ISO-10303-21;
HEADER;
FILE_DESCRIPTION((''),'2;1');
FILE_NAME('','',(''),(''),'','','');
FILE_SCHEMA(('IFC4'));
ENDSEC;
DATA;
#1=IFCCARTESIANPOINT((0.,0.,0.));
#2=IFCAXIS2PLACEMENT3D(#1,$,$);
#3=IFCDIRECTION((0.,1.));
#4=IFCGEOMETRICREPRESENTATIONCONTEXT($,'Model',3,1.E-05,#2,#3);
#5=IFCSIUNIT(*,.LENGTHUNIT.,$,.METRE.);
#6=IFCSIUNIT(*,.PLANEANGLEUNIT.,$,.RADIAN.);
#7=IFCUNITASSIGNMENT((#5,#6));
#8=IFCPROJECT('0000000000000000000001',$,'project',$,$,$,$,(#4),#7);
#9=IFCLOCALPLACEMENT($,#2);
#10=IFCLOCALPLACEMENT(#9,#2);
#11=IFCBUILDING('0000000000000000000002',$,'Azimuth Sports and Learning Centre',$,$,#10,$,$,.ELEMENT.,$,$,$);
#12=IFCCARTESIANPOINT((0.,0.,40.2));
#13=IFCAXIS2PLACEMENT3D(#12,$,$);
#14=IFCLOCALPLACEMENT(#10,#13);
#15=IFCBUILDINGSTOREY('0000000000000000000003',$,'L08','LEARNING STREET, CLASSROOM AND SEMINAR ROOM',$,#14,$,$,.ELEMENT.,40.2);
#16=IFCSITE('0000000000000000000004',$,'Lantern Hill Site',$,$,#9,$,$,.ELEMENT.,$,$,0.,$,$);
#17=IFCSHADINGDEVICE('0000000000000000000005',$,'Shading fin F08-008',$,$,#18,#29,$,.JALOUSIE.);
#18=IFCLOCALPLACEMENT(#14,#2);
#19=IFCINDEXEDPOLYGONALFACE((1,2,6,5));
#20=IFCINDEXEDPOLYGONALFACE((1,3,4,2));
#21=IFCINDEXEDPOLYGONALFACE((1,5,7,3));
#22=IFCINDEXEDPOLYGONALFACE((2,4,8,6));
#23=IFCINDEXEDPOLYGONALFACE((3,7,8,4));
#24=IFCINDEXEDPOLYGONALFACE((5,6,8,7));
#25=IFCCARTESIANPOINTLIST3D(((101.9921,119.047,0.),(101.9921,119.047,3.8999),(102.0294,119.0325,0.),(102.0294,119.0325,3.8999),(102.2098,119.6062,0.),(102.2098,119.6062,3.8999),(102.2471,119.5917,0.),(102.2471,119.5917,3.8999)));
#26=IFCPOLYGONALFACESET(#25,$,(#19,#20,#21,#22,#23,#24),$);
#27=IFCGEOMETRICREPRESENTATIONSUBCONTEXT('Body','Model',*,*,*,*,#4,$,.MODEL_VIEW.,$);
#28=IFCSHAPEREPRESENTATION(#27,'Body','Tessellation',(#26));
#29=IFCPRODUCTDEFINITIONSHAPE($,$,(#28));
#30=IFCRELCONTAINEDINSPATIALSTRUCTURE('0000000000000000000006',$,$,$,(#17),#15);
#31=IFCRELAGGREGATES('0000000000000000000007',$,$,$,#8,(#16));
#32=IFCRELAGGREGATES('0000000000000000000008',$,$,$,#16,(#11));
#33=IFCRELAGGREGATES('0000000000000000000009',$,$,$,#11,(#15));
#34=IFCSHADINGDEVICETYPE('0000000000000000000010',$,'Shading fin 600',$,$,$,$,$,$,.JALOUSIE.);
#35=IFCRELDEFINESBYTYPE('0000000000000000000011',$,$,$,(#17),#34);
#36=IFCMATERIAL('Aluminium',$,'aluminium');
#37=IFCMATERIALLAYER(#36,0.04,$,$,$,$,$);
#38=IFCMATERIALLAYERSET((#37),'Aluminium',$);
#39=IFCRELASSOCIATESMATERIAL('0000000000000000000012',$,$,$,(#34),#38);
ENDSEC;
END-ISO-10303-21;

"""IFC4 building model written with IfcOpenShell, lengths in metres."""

from ifc_helpers import new_model, si_unit, direction, frame, origin, origin_2d, place, context, subcontext, project, spatial, rectangle, extrude, material, layer, layer_set, type_object, element, save


model = new_model("IFC4")

# Units and contexts
model_context = context("Model", 3, precision=1e-05, world=origin(), true_north=direction((0.0, 1.0)))
body_context = subcontext(model_context, "Body", "Model", "MODEL_VIEW")
ifc_project = project(units=[si_unit("LENGTHUNIT", "METRE"), si_unit("PLANEANGLEUNIT", "RADIAN")], contexts=[model_context])

# Site, building, storey
site_placement = place(None, origin())
site = spatial("IfcSite", under=ifc_project, at=site_placement, Name="Lantern Hill Site", CompositionType="ELEMENT", RefElevation=0.0)
building_placement = place(site_placement, origin())
building = spatial("IfcBuilding", under=site, at=building_placement, Name="Azimuth Sports and Learning Centre", CompositionType="ELEMENT")
storey_placement = place(building_placement, frame((0.0, 0.0, 40.2)))
storey = spatial("IfcBuildingStorey", under=building, at=storey_placement, Name="L08", Description="LEARNING STREET, CLASSROOM AND SEMINAR ROOM", CompositionType="ELEMENT", Elevation=40.2)

# Shading device
ifc_material_1 = material(Name="Aluminium", Category="aluminium")
ifc_layer_1 = layer(ifc_material_1, 0.04)
ifc_layer_set_1 = layer_set([ifc_layer_1], Name="Aluminium")
shading_device_type = type_object("IfcShadingDeviceType", Name="Shading fin 600", PredefinedType="JALOUSIE", material=ifc_layer_set_1)
shading_device_placement = place(storey_placement, frame((102.1196, 119.3193, 0.0), z_axis=(0.0, 0.0, 1.0), x_axis=(0.362749, 0.931887, 0.0)))
element("IfcShadingDevice", 1, at=shading_device_placement, inside=storey, type_object=shading_device_type, Name="Shading fin F08-008", PredefinedType="JALOUSIE", context=body_context, shape_type="SweptSolid", body=[
    extrude(rectangle(XDim=0.6001, YDim=0.04, at=origin_2d()), origin(), (0.0, 0.0, 1.0), 3.8999),
])

save(model, "model.ifc")
